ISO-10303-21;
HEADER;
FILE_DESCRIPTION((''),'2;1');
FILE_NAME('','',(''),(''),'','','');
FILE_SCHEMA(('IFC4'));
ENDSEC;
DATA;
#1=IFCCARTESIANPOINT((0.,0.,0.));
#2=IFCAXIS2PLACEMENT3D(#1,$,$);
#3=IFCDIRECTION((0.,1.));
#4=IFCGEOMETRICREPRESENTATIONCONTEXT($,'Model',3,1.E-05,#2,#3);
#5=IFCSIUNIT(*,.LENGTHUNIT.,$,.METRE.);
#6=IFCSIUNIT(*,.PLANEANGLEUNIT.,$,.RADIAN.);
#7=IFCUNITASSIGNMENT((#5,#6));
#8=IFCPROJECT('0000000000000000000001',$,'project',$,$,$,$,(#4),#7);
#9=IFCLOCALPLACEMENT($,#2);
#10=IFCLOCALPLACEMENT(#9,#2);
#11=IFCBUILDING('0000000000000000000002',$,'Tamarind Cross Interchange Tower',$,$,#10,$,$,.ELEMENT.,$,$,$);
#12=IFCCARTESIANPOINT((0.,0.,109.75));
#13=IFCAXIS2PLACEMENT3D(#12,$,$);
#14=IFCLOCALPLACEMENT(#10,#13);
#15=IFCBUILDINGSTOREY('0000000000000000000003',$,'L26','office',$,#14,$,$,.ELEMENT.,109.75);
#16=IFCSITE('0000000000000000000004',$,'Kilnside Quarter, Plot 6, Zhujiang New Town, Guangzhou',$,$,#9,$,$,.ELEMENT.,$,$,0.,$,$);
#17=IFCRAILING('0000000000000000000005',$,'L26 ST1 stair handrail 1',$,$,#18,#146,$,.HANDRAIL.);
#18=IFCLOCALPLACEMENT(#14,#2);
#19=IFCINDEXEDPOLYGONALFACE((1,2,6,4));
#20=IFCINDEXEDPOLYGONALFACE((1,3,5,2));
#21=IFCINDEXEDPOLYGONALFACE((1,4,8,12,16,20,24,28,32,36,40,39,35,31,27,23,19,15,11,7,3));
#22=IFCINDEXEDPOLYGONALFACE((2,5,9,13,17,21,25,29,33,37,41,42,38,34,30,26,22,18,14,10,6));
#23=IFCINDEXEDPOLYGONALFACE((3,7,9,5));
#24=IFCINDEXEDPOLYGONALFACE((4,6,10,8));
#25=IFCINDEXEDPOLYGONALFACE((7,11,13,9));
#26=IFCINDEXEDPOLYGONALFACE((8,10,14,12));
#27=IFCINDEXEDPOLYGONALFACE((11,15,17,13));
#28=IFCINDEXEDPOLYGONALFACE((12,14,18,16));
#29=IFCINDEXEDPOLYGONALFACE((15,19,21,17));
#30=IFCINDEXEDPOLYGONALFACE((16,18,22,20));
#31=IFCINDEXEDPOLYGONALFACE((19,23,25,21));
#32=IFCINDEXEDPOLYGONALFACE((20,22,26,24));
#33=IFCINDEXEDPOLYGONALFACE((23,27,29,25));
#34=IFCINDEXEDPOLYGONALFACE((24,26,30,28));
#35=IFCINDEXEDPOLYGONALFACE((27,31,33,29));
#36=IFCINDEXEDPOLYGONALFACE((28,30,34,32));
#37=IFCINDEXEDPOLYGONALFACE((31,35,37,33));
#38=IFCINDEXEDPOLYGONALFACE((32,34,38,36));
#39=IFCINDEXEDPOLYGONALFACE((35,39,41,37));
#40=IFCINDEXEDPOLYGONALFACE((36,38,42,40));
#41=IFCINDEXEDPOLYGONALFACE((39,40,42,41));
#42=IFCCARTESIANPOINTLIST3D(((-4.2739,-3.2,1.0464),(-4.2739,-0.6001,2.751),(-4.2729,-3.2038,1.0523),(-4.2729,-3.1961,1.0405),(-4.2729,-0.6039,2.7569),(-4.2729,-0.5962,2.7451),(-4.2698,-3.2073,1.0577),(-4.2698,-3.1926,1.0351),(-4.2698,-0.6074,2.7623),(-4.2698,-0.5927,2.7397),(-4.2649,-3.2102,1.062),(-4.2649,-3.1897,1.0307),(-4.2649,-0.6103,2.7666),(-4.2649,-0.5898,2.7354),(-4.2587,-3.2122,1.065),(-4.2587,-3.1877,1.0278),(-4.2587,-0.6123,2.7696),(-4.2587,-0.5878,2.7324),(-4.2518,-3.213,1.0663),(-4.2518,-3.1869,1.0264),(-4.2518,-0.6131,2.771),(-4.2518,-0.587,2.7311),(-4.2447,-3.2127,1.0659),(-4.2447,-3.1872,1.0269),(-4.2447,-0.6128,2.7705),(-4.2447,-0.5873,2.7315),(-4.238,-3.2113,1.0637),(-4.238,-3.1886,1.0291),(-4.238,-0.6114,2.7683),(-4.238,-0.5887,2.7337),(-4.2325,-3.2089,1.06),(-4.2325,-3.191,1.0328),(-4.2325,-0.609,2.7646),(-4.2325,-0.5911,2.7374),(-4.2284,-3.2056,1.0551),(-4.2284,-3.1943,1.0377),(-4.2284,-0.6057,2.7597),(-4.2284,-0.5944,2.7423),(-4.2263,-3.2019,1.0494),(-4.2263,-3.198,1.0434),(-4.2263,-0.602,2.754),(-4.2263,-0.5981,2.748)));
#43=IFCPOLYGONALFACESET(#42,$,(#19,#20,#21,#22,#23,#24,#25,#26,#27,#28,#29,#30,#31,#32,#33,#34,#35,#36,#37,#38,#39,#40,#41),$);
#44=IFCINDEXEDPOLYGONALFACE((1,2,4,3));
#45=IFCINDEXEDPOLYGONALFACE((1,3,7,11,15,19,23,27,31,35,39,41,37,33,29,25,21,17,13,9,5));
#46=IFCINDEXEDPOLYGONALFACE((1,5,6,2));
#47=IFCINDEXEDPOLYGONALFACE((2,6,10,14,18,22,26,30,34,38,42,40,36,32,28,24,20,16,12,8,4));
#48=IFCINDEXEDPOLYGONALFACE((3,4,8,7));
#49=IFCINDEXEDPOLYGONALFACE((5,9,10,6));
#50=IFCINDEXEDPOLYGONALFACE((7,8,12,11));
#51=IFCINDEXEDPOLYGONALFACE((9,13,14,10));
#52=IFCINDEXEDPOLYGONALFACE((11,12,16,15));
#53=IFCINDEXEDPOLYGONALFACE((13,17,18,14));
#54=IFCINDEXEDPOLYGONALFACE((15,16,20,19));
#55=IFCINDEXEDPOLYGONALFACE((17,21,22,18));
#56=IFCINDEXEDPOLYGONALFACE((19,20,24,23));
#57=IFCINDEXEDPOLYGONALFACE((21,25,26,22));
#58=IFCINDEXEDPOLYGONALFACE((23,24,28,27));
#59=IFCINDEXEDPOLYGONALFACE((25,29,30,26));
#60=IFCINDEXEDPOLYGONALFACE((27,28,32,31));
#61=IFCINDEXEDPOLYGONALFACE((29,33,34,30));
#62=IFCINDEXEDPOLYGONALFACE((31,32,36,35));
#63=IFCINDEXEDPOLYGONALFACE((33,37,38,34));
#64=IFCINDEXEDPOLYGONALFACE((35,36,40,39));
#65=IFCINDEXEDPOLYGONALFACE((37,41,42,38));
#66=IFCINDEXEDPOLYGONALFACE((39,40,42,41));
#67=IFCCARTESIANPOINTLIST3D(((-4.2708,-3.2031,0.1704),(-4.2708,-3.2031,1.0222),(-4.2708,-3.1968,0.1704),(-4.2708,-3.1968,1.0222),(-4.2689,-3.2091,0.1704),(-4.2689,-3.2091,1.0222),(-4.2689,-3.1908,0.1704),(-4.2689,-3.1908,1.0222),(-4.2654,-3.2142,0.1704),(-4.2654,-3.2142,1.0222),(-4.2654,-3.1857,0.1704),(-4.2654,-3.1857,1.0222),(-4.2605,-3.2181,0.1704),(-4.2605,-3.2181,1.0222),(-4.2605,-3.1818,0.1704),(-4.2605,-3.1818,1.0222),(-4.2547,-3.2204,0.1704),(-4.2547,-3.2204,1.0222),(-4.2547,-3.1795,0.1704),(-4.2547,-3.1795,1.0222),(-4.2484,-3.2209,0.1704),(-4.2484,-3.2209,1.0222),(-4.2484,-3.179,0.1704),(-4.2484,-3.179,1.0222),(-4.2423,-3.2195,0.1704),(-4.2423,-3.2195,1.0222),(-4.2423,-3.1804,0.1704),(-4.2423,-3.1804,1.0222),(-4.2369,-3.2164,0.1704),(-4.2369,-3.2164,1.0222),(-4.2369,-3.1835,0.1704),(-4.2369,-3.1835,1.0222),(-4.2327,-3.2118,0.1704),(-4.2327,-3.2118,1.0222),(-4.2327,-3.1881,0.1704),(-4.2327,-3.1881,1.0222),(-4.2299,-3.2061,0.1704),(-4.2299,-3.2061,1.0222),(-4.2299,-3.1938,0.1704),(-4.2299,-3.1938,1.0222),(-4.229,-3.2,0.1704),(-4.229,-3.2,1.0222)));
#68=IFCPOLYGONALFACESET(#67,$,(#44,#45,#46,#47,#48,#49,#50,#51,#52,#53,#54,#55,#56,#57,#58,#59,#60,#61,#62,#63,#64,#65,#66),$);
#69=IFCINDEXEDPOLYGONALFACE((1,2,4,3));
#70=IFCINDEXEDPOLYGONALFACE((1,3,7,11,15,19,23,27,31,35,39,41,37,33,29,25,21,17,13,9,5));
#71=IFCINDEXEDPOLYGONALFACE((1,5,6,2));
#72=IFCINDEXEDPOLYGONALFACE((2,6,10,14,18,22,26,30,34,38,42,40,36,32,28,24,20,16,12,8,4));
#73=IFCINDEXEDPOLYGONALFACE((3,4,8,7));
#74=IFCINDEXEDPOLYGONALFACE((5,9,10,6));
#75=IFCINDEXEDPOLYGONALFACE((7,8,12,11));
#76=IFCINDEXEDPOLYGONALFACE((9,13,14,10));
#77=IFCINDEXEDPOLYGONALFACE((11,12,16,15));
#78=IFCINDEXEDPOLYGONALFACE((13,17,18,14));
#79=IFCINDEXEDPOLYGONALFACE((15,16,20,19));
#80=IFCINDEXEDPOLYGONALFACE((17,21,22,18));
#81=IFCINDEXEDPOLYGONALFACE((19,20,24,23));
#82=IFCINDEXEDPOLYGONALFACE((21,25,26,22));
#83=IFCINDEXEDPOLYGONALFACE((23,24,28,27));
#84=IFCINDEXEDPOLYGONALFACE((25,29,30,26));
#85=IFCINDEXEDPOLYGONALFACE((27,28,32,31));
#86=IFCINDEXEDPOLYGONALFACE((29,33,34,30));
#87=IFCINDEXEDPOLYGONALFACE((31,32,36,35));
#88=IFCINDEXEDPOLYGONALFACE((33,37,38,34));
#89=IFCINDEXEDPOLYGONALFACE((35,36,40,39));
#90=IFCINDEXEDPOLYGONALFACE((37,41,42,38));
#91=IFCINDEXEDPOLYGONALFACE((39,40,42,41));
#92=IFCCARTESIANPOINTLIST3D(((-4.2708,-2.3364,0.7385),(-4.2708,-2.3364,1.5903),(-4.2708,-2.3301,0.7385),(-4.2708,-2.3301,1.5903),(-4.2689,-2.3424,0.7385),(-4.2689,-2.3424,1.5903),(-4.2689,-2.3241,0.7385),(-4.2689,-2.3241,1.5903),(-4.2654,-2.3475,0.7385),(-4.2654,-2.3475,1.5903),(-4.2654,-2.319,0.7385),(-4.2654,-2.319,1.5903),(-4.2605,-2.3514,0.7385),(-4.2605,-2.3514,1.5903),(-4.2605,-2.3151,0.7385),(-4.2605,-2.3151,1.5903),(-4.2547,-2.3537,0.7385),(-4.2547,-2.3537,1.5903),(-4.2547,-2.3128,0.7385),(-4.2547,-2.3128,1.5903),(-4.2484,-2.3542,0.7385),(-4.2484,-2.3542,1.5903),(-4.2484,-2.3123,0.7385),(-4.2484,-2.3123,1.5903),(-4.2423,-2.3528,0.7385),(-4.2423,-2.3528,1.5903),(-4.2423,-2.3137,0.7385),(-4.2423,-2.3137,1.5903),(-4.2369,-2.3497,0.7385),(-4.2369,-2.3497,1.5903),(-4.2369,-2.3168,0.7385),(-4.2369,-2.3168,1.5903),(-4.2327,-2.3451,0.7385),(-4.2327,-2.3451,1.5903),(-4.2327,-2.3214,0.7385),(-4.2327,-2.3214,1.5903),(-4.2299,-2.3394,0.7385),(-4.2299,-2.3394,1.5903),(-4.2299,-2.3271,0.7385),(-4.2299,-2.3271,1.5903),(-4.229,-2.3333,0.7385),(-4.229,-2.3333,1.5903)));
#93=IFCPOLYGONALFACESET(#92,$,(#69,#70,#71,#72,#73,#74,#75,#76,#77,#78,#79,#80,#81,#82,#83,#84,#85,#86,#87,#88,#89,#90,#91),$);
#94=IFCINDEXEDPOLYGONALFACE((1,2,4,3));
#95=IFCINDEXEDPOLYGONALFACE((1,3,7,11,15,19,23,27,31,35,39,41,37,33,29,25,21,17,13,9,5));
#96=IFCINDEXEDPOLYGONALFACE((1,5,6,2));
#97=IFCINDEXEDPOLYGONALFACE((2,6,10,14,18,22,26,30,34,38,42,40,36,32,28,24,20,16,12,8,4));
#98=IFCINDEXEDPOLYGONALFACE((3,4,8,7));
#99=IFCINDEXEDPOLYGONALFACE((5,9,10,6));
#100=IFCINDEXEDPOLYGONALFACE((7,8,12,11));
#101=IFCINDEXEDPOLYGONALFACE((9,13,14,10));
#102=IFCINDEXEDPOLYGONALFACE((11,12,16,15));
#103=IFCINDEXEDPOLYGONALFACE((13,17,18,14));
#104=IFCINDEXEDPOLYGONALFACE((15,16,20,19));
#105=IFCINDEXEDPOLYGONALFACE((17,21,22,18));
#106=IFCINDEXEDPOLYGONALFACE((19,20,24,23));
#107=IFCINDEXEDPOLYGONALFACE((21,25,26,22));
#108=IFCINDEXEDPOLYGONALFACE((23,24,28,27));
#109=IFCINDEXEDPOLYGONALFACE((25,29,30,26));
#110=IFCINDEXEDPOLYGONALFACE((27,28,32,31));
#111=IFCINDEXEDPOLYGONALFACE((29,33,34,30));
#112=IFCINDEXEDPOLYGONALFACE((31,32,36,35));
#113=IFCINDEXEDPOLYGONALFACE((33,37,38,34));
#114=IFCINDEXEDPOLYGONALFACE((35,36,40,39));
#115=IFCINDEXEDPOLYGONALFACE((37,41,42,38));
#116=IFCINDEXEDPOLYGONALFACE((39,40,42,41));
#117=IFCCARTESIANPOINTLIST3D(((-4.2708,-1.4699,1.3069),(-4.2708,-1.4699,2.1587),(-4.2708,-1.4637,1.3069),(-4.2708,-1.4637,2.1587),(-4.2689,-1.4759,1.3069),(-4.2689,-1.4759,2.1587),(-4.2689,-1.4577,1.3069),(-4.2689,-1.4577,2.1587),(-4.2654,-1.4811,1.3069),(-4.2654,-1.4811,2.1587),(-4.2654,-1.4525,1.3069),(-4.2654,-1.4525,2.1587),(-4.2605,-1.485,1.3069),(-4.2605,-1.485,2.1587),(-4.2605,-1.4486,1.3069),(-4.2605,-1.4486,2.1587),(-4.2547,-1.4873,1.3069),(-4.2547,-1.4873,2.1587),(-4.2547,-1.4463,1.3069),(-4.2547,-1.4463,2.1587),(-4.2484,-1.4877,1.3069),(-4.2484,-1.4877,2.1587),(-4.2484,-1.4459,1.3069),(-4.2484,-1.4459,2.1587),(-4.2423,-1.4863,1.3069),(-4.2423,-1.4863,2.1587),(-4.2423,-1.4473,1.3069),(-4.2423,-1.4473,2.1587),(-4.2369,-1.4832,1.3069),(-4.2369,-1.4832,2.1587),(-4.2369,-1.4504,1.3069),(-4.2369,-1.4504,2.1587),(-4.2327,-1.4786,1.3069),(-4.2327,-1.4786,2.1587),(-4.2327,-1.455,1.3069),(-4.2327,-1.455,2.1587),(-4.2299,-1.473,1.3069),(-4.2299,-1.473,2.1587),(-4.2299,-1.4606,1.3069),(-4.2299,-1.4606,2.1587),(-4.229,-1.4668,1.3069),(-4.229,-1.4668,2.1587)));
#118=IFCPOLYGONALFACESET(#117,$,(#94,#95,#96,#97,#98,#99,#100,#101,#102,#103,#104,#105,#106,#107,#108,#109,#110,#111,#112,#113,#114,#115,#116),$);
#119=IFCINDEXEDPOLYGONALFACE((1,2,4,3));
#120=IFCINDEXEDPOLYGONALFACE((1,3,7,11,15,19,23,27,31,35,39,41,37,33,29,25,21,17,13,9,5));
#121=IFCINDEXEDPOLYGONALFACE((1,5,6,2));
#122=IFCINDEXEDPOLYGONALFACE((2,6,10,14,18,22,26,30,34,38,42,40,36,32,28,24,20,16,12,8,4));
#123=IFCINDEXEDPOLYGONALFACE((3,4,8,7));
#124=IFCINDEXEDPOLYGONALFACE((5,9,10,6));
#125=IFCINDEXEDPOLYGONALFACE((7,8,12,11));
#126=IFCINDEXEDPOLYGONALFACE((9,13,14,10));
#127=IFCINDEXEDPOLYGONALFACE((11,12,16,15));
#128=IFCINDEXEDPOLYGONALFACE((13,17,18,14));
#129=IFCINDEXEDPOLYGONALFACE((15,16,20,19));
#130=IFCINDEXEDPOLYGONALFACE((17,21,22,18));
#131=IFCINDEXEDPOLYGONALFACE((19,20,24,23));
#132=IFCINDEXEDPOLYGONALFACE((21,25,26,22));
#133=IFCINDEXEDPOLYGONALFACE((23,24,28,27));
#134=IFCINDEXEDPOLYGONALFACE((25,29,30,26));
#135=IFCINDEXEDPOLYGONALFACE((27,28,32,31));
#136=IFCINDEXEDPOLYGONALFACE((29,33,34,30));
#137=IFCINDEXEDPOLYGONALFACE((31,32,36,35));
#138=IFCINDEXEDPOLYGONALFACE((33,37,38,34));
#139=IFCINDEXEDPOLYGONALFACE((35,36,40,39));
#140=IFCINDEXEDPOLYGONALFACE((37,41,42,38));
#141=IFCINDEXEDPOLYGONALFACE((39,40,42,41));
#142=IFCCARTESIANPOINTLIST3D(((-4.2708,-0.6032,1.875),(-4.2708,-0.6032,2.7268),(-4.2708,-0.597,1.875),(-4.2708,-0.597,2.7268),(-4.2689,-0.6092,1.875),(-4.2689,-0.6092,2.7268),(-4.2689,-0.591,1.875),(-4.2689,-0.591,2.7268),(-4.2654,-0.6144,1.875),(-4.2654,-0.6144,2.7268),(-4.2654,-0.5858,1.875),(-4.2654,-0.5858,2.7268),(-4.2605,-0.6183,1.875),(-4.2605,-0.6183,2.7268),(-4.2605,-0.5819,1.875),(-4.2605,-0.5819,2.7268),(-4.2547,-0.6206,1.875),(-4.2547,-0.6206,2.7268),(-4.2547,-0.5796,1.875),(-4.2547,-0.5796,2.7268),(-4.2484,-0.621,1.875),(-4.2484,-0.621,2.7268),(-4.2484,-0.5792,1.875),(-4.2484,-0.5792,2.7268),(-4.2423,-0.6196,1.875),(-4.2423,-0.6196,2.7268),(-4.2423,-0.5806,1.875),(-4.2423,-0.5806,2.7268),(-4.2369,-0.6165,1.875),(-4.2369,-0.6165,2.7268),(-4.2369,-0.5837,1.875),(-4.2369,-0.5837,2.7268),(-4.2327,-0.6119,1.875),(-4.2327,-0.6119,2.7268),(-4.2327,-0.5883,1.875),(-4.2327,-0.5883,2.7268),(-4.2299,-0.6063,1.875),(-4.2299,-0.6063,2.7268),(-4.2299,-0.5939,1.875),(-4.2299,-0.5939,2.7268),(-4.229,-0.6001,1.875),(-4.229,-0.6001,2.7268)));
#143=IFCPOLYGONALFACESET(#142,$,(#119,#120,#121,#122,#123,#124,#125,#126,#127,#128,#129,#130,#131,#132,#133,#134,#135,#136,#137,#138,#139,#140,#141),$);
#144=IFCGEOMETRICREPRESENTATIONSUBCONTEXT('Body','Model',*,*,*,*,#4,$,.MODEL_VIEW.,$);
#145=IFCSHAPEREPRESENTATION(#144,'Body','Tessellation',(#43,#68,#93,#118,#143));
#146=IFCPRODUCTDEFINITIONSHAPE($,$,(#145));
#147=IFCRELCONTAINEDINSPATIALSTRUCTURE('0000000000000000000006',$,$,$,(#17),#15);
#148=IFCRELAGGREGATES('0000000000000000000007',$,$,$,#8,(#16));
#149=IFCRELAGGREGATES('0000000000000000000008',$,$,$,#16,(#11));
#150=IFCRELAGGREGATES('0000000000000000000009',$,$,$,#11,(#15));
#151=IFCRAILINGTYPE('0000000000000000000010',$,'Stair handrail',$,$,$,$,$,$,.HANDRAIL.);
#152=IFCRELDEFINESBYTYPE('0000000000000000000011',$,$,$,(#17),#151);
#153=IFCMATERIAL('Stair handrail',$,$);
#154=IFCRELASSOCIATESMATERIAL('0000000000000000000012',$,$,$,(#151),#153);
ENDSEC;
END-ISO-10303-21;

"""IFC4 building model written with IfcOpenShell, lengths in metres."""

from ifc_helpers import new_model, si_unit, direction, frame, origin, origin_2d, place, context, subcontext, project, spatial, circle, extrude, material, type_object, element, save


model = new_model("IFC4")

# Units and contexts
model_context = context("Model", 3, precision=1e-05, world=origin(), true_north=direction((0.0, 1.0)))
body_context = subcontext(model_context, "Body", "Model", "MODEL_VIEW")
ifc_project = project(units=[si_unit("LENGTHUNIT", "METRE"), si_unit("PLANEANGLEUNIT", "RADIAN")], contexts=[model_context])

# Site, building, storey
site_placement = place(None, origin())
site = spatial("IfcSite", under=ifc_project, at=site_placement, Name="Kilnside Quarter, Plot 6, Zhujiang New Town, Guangzhou", CompositionType="ELEMENT", RefElevation=0.0)
building_placement = place(site_placement, origin())
building = spatial("IfcBuilding", under=site, at=building_placement, Name="Tamarind Cross Interchange Tower", CompositionType="ELEMENT")
storey_placement = place(building_placement, frame((0.0, 0.0, 109.75)))
storey = spatial("IfcBuildingStorey", under=building, at=storey_placement, Name="L26", Description="office", CompositionType="ELEMENT", Elevation=109.75)

# Railing
ifc_material_1 = material(Name="Stair handrail")
railing_type_1 = type_object("IfcRailingType", Name="Stair handrail", PredefinedType="HANDRAIL", material=ifc_material_1)
railing_1_placement = place(storey_placement, frame((-4.25, -3.2, 0.1704)))
element("IfcRailing", 1, at=railing_1_placement, inside=storey, type_object=railing_type_1, Name="L26 ST1 stair handrail 1", PredefinedType="HANDRAIL", context=body_context, shape_type="SweptSolid", body=[
    extrude(circle(Radius=0.0239, at=origin_2d()), frame((0.0, 0.0, 0.876), z_axis=(0.0, 0.836279, 0.548305), x_axis=(-1.0, 0.0, 0.0)), (0.0, 0.0, 1.0), 3.1089),
    extrude(circle(Radius=0.021, at=origin_2d()), origin(), (0.0, 0.0, 1.0), 0.8518),
    extrude(circle(Radius=0.021, at=origin_2d()), frame((0.0, 0.8667, 0.5681)), (0.0, 0.0, 1.0), 0.8518),
    extrude(circle(Radius=0.021, at=origin_2d()), frame((0.0, 1.7332, 1.1365)), (0.0, 0.0, 1.0), 0.8518),
    extrude(circle(Radius=0.021, at=origin_2d()), frame((0.0, 2.5999, 1.7046)), (0.0, 0.0, 1.0), 0.8518),
])

save(model, "model.ifc")
